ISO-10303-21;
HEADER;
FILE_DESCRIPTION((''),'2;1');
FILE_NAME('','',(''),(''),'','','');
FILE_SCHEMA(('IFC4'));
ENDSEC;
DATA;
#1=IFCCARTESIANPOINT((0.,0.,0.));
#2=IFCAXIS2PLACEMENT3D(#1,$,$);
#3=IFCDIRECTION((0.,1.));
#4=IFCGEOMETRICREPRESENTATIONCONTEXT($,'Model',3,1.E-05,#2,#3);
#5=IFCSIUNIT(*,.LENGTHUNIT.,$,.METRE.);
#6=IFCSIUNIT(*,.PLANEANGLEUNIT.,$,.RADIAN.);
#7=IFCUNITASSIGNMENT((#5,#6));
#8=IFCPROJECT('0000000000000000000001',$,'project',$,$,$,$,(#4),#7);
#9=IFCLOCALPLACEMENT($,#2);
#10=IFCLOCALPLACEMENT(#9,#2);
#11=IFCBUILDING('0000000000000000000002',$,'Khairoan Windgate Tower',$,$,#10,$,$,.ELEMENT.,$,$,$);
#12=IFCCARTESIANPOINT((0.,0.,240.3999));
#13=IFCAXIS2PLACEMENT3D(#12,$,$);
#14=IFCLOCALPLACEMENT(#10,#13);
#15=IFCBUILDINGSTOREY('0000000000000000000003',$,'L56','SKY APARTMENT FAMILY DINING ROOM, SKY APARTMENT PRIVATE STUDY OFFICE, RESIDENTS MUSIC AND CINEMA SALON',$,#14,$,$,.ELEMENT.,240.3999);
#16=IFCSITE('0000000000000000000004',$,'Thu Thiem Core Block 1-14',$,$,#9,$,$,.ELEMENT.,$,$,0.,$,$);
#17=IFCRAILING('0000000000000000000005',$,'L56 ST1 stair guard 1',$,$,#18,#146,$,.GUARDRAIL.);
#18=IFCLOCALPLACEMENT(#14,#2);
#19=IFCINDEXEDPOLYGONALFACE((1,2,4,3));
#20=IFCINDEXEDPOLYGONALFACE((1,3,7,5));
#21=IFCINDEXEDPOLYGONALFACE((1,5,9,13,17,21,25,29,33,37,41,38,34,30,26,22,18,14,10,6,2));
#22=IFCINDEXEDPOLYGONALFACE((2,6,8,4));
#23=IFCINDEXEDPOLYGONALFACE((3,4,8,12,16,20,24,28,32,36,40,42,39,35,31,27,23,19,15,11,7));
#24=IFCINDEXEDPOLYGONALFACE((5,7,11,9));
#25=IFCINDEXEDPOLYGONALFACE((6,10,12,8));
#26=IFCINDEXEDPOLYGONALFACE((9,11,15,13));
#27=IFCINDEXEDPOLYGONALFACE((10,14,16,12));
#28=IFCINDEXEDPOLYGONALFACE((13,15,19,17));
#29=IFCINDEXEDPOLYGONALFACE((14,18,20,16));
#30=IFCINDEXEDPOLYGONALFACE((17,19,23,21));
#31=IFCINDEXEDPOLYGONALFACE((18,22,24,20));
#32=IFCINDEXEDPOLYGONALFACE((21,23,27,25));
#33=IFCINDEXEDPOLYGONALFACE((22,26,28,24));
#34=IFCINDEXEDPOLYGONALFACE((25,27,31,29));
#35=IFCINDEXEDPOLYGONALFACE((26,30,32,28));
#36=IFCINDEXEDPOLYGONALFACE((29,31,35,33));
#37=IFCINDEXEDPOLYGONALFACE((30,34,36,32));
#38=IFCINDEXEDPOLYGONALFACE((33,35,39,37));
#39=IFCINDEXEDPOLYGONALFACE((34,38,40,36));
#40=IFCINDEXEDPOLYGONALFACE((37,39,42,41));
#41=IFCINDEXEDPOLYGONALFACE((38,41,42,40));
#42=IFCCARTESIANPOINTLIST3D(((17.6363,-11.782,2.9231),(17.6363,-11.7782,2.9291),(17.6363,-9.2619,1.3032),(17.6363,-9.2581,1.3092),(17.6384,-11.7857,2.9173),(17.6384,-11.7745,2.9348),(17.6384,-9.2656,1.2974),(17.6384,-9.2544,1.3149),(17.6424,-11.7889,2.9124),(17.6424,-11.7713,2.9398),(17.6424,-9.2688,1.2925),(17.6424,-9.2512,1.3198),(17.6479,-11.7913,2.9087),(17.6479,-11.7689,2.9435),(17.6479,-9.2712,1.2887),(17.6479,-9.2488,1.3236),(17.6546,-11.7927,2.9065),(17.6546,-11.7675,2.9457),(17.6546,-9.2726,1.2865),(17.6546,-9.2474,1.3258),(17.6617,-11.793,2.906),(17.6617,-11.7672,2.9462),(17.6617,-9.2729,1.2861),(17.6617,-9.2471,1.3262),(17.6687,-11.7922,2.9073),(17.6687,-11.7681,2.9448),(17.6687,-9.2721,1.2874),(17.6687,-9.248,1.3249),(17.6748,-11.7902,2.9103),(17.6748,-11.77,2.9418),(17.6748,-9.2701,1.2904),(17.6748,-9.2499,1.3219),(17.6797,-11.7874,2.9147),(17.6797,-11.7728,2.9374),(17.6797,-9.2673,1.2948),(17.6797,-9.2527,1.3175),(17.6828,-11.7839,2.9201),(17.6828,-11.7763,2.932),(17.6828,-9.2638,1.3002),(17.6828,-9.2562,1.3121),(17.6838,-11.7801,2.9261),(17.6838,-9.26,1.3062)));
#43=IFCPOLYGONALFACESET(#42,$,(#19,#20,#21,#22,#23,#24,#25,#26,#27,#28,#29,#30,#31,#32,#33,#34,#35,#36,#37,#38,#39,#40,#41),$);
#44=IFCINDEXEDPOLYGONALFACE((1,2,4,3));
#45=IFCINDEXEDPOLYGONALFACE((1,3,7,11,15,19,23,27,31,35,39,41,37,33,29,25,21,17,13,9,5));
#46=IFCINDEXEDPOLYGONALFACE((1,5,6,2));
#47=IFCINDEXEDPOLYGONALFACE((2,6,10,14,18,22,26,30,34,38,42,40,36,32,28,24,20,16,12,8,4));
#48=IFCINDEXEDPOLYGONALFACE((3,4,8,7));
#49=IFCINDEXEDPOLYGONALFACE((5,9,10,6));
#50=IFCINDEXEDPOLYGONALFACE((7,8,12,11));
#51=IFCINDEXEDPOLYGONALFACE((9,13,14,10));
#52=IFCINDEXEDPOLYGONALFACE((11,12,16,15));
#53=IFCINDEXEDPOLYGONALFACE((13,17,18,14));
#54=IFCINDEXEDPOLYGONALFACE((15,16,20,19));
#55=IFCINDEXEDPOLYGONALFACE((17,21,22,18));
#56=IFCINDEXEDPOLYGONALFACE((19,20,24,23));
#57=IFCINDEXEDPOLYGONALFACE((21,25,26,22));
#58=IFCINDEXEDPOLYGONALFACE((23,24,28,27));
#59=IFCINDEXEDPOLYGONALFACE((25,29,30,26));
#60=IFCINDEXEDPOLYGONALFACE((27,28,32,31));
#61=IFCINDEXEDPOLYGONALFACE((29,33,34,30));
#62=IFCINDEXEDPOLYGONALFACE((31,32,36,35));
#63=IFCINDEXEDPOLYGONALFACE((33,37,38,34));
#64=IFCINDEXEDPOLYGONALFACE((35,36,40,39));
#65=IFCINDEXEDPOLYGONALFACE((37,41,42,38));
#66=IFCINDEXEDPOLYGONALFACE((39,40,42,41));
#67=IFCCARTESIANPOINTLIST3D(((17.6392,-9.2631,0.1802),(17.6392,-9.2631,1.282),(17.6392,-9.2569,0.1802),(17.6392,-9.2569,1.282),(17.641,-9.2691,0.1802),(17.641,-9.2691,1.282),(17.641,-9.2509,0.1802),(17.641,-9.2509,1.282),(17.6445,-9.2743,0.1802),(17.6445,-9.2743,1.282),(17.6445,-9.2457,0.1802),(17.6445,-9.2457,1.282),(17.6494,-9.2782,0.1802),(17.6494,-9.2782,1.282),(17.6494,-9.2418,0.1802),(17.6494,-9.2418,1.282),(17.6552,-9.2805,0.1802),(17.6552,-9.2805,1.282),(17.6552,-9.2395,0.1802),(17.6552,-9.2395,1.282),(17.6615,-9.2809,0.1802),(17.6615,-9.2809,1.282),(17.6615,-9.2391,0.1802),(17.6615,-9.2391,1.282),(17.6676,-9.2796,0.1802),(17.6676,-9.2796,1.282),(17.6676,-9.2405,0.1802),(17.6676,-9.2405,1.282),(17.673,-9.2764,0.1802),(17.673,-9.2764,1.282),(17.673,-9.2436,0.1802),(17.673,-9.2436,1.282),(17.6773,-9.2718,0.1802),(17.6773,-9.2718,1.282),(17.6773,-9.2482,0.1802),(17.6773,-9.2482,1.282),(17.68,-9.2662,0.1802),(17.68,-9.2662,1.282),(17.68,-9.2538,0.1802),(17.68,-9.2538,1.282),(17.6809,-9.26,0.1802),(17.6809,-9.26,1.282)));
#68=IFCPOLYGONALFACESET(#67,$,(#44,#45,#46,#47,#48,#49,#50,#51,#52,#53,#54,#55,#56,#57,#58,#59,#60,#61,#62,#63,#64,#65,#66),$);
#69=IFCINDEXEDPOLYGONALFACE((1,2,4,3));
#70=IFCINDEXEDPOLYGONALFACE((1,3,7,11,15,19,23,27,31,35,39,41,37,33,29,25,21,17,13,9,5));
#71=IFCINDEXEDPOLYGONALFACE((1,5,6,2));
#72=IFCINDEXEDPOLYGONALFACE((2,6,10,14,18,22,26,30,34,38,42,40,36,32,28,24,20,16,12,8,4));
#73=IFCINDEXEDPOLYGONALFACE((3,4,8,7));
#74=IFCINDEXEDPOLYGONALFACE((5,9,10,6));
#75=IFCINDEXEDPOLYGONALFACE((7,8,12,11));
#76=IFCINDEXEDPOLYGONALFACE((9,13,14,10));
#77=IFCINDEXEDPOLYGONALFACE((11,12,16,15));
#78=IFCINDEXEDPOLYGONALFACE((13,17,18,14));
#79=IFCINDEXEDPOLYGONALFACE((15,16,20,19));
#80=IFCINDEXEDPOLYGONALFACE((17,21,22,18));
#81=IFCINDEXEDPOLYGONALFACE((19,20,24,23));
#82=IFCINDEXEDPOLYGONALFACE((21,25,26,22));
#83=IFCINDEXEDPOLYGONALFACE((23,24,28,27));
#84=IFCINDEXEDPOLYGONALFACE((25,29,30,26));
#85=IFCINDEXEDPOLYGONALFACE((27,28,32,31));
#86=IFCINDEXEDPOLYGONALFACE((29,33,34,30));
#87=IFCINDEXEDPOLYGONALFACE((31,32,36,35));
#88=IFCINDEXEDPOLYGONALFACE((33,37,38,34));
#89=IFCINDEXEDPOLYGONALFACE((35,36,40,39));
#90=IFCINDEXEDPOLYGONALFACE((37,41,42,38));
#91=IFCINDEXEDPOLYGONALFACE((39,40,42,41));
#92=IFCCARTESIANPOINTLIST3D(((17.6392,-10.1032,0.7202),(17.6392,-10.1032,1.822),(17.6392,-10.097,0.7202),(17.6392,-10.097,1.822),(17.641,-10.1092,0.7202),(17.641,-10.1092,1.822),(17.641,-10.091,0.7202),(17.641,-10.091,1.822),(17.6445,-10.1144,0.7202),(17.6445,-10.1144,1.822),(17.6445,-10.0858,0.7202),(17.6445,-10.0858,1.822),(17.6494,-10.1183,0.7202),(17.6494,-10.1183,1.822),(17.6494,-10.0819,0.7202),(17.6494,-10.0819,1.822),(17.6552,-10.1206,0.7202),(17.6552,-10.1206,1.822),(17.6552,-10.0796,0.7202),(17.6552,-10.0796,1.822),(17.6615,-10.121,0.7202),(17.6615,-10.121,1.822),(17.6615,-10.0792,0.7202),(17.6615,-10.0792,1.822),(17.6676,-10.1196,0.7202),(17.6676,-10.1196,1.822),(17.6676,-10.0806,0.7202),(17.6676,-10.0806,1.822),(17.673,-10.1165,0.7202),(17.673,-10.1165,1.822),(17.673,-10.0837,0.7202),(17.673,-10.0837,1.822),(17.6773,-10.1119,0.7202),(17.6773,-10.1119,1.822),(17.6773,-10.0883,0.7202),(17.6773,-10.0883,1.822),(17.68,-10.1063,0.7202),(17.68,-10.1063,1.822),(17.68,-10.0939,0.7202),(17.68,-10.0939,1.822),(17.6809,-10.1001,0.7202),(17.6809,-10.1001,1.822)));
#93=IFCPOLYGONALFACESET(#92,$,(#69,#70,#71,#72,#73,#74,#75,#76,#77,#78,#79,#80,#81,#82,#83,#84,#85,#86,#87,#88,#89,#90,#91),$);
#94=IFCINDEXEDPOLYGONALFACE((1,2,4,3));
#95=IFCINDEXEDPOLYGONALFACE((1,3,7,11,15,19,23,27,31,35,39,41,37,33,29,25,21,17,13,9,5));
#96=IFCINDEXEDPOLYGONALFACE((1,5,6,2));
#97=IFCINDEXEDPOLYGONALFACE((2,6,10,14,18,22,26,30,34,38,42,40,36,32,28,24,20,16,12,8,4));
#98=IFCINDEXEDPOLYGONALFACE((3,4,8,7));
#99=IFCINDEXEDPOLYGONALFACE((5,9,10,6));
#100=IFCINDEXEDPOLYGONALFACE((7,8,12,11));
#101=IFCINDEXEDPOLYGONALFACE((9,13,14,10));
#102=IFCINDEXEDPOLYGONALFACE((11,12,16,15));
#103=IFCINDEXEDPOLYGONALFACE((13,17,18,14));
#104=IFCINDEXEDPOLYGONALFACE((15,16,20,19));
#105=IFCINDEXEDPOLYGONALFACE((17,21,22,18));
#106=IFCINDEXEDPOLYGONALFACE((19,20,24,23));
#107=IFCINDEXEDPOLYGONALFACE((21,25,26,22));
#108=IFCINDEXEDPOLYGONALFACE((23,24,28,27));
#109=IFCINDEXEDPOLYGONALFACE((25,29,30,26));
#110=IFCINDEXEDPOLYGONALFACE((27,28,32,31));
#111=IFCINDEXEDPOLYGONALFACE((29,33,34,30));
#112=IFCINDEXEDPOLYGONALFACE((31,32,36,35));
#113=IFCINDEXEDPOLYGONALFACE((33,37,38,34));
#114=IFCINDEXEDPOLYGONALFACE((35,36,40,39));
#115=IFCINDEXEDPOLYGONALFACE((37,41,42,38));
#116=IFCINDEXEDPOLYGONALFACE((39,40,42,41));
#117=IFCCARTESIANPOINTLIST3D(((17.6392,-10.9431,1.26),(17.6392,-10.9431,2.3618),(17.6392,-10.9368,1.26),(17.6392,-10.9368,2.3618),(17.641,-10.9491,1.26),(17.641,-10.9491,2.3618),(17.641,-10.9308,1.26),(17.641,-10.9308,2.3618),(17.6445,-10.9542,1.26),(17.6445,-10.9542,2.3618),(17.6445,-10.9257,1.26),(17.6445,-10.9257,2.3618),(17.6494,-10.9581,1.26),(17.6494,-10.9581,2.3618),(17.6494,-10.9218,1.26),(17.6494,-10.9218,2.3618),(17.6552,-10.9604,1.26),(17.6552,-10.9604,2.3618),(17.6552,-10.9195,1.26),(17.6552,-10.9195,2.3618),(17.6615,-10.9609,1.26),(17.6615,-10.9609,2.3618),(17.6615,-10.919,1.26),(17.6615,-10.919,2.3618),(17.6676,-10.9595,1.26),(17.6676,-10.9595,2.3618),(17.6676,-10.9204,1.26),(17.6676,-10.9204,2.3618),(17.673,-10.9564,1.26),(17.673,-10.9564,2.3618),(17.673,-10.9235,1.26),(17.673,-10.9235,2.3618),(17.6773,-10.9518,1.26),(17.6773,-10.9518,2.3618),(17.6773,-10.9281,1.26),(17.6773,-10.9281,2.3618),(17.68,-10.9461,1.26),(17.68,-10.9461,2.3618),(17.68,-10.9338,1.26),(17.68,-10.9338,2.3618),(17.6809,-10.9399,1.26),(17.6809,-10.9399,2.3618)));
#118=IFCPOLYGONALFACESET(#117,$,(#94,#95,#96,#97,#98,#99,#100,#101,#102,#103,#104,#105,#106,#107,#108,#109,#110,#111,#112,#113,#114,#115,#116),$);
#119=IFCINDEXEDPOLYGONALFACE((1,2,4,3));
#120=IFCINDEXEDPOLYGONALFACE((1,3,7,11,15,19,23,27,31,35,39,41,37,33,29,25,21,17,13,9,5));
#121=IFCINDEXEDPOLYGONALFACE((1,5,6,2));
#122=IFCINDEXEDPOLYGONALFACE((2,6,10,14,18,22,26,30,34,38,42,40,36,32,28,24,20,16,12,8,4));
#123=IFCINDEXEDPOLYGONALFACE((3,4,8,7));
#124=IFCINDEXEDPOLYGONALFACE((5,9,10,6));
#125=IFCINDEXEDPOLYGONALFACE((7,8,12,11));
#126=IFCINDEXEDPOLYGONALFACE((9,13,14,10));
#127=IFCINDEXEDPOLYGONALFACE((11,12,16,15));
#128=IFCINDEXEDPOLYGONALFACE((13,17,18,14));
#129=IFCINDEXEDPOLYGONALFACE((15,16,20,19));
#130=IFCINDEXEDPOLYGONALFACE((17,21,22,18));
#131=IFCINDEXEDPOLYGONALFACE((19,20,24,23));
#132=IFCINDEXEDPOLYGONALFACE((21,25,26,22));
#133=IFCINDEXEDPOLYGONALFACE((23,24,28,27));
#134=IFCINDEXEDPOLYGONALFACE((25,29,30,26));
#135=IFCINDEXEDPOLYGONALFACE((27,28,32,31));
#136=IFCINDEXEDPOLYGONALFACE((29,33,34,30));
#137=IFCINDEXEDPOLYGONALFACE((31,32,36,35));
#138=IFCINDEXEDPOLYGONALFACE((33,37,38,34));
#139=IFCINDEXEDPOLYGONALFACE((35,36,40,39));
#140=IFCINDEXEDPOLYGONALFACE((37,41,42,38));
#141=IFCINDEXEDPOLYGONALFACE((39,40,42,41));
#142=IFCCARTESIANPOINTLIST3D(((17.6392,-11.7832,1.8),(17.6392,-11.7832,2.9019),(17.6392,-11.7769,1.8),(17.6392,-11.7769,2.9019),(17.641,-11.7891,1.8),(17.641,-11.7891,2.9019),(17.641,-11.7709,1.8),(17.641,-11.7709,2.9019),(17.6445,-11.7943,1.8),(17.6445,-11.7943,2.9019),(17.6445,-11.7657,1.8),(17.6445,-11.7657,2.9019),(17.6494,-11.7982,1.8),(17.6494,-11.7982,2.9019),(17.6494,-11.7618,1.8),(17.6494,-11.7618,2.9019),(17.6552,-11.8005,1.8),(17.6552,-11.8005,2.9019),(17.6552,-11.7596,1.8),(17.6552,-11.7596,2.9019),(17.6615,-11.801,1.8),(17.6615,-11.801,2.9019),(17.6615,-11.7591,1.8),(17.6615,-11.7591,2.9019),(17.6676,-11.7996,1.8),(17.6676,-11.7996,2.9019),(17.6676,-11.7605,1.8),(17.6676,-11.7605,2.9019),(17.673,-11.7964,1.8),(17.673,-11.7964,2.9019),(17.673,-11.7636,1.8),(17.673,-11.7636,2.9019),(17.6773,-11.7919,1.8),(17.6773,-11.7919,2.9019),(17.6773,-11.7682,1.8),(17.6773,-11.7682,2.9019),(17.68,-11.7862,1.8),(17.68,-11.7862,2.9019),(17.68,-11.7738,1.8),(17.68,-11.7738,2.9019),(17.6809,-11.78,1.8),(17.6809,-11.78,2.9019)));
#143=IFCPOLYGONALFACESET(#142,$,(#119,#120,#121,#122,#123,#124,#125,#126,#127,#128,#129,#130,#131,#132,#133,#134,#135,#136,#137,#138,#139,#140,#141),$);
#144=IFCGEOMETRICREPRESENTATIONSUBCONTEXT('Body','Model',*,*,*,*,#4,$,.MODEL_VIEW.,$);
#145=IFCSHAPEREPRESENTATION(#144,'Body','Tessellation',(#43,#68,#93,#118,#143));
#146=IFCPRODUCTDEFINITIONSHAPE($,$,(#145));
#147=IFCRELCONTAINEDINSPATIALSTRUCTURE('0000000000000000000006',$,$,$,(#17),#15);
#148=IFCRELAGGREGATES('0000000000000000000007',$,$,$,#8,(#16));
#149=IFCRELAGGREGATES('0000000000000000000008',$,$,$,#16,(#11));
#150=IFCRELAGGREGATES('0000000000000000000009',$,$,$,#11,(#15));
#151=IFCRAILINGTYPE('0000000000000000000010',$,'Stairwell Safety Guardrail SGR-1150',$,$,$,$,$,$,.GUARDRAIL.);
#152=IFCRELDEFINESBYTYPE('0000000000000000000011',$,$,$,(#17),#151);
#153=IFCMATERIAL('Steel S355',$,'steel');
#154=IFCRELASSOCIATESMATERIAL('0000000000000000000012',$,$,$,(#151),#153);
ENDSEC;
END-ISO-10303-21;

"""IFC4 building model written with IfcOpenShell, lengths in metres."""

from ifc_helpers import new_model, si_unit, direction, frame, origin, origin_2d, place, context, subcontext, project, spatial, circle, extrude, material, type_object, element, save


model = new_model("IFC4")

# Units and contexts
model_context = context("Model", 3, precision=1e-05, world=origin(), true_north=direction((0.0, 1.0)))
body_context = subcontext(model_context, "Body", "Model", "MODEL_VIEW")
ifc_project = project(units=[si_unit("LENGTHUNIT", "METRE"), si_unit("PLANEANGLEUNIT", "RADIAN")], contexts=[model_context])

# Site, building, storey
site_placement = place(None, origin())
site = spatial("IfcSite", under=ifc_project, at=site_placement, Name="Thu Thiem Core Block 1-14", CompositionType="ELEMENT", RefElevation=0.0)
building_placement = place(site_placement, origin())
building = spatial("IfcBuilding", under=site, at=building_placement, Name="Khairoan Windgate Tower", CompositionType="ELEMENT")
storey_placement = place(building_placement, frame((0.0, 0.0, 240.3999)))
storey = spatial("IfcBuildingStorey", under=building, at=storey_placement, Name="L56", Description="SKY APARTMENT FAMILY DINING ROOM, SKY APARTMENT PRIVATE STUDY OFFICE, RESIDENTS MUSIC AND CINEMA SALON", CompositionType="ELEMENT", Elevation=240.3999)

# Railing
ifc_material_1 = material(Name="Steel S355", Category="steel")
railing_type_1 = type_object("IfcRailingType", Name="Stairwell Safety Guardrail SGR-1150", PredefinedType="GUARDRAIL", material=ifc_material_1)
railing_1_placement = place(storey_placement, frame((17.6599, -9.26, 0.1802)))
element("IfcRailing", 1, at=railing_1_placement, inside=storey, type_object=railing_type_1, Name="L56 ST1 stair guard 1", PredefinedType="GUARDRAIL", context=body_context, shape_type="SweptSolid", body=[
    extrude(circle(Radius=0.0239, at=origin_2d()), frame((0.0, 0.0, 1.126), z_axis=(0.0, -0.8412, 0.540725), x_axis=(1.0, 0.0, 0.0)), (0.0, 0.0, 1.0), 2.9958),
    extrude(circle(Radius=0.021, at=origin_2d()), origin(), (0.0, 0.0, 1.0), 1.1018),
    extrude(circle(Radius=0.021, at=origin_2d()), frame((0.0, -0.8401, 0.54)), (0.0, 0.0, 1.0), 1.1018),
    extrude(circle(Radius=0.021, at=origin_2d()), frame((0.0, -1.6799, 1.0798)), (0.0, 0.0, 1.0), 1.1018),
    extrude(circle(Radius=0.021, at=origin_2d()), frame((0.0, -2.52, 1.6199)), (0.0, 0.0, 1.0), 1.1018),
])

save(model, "model.ifc")
